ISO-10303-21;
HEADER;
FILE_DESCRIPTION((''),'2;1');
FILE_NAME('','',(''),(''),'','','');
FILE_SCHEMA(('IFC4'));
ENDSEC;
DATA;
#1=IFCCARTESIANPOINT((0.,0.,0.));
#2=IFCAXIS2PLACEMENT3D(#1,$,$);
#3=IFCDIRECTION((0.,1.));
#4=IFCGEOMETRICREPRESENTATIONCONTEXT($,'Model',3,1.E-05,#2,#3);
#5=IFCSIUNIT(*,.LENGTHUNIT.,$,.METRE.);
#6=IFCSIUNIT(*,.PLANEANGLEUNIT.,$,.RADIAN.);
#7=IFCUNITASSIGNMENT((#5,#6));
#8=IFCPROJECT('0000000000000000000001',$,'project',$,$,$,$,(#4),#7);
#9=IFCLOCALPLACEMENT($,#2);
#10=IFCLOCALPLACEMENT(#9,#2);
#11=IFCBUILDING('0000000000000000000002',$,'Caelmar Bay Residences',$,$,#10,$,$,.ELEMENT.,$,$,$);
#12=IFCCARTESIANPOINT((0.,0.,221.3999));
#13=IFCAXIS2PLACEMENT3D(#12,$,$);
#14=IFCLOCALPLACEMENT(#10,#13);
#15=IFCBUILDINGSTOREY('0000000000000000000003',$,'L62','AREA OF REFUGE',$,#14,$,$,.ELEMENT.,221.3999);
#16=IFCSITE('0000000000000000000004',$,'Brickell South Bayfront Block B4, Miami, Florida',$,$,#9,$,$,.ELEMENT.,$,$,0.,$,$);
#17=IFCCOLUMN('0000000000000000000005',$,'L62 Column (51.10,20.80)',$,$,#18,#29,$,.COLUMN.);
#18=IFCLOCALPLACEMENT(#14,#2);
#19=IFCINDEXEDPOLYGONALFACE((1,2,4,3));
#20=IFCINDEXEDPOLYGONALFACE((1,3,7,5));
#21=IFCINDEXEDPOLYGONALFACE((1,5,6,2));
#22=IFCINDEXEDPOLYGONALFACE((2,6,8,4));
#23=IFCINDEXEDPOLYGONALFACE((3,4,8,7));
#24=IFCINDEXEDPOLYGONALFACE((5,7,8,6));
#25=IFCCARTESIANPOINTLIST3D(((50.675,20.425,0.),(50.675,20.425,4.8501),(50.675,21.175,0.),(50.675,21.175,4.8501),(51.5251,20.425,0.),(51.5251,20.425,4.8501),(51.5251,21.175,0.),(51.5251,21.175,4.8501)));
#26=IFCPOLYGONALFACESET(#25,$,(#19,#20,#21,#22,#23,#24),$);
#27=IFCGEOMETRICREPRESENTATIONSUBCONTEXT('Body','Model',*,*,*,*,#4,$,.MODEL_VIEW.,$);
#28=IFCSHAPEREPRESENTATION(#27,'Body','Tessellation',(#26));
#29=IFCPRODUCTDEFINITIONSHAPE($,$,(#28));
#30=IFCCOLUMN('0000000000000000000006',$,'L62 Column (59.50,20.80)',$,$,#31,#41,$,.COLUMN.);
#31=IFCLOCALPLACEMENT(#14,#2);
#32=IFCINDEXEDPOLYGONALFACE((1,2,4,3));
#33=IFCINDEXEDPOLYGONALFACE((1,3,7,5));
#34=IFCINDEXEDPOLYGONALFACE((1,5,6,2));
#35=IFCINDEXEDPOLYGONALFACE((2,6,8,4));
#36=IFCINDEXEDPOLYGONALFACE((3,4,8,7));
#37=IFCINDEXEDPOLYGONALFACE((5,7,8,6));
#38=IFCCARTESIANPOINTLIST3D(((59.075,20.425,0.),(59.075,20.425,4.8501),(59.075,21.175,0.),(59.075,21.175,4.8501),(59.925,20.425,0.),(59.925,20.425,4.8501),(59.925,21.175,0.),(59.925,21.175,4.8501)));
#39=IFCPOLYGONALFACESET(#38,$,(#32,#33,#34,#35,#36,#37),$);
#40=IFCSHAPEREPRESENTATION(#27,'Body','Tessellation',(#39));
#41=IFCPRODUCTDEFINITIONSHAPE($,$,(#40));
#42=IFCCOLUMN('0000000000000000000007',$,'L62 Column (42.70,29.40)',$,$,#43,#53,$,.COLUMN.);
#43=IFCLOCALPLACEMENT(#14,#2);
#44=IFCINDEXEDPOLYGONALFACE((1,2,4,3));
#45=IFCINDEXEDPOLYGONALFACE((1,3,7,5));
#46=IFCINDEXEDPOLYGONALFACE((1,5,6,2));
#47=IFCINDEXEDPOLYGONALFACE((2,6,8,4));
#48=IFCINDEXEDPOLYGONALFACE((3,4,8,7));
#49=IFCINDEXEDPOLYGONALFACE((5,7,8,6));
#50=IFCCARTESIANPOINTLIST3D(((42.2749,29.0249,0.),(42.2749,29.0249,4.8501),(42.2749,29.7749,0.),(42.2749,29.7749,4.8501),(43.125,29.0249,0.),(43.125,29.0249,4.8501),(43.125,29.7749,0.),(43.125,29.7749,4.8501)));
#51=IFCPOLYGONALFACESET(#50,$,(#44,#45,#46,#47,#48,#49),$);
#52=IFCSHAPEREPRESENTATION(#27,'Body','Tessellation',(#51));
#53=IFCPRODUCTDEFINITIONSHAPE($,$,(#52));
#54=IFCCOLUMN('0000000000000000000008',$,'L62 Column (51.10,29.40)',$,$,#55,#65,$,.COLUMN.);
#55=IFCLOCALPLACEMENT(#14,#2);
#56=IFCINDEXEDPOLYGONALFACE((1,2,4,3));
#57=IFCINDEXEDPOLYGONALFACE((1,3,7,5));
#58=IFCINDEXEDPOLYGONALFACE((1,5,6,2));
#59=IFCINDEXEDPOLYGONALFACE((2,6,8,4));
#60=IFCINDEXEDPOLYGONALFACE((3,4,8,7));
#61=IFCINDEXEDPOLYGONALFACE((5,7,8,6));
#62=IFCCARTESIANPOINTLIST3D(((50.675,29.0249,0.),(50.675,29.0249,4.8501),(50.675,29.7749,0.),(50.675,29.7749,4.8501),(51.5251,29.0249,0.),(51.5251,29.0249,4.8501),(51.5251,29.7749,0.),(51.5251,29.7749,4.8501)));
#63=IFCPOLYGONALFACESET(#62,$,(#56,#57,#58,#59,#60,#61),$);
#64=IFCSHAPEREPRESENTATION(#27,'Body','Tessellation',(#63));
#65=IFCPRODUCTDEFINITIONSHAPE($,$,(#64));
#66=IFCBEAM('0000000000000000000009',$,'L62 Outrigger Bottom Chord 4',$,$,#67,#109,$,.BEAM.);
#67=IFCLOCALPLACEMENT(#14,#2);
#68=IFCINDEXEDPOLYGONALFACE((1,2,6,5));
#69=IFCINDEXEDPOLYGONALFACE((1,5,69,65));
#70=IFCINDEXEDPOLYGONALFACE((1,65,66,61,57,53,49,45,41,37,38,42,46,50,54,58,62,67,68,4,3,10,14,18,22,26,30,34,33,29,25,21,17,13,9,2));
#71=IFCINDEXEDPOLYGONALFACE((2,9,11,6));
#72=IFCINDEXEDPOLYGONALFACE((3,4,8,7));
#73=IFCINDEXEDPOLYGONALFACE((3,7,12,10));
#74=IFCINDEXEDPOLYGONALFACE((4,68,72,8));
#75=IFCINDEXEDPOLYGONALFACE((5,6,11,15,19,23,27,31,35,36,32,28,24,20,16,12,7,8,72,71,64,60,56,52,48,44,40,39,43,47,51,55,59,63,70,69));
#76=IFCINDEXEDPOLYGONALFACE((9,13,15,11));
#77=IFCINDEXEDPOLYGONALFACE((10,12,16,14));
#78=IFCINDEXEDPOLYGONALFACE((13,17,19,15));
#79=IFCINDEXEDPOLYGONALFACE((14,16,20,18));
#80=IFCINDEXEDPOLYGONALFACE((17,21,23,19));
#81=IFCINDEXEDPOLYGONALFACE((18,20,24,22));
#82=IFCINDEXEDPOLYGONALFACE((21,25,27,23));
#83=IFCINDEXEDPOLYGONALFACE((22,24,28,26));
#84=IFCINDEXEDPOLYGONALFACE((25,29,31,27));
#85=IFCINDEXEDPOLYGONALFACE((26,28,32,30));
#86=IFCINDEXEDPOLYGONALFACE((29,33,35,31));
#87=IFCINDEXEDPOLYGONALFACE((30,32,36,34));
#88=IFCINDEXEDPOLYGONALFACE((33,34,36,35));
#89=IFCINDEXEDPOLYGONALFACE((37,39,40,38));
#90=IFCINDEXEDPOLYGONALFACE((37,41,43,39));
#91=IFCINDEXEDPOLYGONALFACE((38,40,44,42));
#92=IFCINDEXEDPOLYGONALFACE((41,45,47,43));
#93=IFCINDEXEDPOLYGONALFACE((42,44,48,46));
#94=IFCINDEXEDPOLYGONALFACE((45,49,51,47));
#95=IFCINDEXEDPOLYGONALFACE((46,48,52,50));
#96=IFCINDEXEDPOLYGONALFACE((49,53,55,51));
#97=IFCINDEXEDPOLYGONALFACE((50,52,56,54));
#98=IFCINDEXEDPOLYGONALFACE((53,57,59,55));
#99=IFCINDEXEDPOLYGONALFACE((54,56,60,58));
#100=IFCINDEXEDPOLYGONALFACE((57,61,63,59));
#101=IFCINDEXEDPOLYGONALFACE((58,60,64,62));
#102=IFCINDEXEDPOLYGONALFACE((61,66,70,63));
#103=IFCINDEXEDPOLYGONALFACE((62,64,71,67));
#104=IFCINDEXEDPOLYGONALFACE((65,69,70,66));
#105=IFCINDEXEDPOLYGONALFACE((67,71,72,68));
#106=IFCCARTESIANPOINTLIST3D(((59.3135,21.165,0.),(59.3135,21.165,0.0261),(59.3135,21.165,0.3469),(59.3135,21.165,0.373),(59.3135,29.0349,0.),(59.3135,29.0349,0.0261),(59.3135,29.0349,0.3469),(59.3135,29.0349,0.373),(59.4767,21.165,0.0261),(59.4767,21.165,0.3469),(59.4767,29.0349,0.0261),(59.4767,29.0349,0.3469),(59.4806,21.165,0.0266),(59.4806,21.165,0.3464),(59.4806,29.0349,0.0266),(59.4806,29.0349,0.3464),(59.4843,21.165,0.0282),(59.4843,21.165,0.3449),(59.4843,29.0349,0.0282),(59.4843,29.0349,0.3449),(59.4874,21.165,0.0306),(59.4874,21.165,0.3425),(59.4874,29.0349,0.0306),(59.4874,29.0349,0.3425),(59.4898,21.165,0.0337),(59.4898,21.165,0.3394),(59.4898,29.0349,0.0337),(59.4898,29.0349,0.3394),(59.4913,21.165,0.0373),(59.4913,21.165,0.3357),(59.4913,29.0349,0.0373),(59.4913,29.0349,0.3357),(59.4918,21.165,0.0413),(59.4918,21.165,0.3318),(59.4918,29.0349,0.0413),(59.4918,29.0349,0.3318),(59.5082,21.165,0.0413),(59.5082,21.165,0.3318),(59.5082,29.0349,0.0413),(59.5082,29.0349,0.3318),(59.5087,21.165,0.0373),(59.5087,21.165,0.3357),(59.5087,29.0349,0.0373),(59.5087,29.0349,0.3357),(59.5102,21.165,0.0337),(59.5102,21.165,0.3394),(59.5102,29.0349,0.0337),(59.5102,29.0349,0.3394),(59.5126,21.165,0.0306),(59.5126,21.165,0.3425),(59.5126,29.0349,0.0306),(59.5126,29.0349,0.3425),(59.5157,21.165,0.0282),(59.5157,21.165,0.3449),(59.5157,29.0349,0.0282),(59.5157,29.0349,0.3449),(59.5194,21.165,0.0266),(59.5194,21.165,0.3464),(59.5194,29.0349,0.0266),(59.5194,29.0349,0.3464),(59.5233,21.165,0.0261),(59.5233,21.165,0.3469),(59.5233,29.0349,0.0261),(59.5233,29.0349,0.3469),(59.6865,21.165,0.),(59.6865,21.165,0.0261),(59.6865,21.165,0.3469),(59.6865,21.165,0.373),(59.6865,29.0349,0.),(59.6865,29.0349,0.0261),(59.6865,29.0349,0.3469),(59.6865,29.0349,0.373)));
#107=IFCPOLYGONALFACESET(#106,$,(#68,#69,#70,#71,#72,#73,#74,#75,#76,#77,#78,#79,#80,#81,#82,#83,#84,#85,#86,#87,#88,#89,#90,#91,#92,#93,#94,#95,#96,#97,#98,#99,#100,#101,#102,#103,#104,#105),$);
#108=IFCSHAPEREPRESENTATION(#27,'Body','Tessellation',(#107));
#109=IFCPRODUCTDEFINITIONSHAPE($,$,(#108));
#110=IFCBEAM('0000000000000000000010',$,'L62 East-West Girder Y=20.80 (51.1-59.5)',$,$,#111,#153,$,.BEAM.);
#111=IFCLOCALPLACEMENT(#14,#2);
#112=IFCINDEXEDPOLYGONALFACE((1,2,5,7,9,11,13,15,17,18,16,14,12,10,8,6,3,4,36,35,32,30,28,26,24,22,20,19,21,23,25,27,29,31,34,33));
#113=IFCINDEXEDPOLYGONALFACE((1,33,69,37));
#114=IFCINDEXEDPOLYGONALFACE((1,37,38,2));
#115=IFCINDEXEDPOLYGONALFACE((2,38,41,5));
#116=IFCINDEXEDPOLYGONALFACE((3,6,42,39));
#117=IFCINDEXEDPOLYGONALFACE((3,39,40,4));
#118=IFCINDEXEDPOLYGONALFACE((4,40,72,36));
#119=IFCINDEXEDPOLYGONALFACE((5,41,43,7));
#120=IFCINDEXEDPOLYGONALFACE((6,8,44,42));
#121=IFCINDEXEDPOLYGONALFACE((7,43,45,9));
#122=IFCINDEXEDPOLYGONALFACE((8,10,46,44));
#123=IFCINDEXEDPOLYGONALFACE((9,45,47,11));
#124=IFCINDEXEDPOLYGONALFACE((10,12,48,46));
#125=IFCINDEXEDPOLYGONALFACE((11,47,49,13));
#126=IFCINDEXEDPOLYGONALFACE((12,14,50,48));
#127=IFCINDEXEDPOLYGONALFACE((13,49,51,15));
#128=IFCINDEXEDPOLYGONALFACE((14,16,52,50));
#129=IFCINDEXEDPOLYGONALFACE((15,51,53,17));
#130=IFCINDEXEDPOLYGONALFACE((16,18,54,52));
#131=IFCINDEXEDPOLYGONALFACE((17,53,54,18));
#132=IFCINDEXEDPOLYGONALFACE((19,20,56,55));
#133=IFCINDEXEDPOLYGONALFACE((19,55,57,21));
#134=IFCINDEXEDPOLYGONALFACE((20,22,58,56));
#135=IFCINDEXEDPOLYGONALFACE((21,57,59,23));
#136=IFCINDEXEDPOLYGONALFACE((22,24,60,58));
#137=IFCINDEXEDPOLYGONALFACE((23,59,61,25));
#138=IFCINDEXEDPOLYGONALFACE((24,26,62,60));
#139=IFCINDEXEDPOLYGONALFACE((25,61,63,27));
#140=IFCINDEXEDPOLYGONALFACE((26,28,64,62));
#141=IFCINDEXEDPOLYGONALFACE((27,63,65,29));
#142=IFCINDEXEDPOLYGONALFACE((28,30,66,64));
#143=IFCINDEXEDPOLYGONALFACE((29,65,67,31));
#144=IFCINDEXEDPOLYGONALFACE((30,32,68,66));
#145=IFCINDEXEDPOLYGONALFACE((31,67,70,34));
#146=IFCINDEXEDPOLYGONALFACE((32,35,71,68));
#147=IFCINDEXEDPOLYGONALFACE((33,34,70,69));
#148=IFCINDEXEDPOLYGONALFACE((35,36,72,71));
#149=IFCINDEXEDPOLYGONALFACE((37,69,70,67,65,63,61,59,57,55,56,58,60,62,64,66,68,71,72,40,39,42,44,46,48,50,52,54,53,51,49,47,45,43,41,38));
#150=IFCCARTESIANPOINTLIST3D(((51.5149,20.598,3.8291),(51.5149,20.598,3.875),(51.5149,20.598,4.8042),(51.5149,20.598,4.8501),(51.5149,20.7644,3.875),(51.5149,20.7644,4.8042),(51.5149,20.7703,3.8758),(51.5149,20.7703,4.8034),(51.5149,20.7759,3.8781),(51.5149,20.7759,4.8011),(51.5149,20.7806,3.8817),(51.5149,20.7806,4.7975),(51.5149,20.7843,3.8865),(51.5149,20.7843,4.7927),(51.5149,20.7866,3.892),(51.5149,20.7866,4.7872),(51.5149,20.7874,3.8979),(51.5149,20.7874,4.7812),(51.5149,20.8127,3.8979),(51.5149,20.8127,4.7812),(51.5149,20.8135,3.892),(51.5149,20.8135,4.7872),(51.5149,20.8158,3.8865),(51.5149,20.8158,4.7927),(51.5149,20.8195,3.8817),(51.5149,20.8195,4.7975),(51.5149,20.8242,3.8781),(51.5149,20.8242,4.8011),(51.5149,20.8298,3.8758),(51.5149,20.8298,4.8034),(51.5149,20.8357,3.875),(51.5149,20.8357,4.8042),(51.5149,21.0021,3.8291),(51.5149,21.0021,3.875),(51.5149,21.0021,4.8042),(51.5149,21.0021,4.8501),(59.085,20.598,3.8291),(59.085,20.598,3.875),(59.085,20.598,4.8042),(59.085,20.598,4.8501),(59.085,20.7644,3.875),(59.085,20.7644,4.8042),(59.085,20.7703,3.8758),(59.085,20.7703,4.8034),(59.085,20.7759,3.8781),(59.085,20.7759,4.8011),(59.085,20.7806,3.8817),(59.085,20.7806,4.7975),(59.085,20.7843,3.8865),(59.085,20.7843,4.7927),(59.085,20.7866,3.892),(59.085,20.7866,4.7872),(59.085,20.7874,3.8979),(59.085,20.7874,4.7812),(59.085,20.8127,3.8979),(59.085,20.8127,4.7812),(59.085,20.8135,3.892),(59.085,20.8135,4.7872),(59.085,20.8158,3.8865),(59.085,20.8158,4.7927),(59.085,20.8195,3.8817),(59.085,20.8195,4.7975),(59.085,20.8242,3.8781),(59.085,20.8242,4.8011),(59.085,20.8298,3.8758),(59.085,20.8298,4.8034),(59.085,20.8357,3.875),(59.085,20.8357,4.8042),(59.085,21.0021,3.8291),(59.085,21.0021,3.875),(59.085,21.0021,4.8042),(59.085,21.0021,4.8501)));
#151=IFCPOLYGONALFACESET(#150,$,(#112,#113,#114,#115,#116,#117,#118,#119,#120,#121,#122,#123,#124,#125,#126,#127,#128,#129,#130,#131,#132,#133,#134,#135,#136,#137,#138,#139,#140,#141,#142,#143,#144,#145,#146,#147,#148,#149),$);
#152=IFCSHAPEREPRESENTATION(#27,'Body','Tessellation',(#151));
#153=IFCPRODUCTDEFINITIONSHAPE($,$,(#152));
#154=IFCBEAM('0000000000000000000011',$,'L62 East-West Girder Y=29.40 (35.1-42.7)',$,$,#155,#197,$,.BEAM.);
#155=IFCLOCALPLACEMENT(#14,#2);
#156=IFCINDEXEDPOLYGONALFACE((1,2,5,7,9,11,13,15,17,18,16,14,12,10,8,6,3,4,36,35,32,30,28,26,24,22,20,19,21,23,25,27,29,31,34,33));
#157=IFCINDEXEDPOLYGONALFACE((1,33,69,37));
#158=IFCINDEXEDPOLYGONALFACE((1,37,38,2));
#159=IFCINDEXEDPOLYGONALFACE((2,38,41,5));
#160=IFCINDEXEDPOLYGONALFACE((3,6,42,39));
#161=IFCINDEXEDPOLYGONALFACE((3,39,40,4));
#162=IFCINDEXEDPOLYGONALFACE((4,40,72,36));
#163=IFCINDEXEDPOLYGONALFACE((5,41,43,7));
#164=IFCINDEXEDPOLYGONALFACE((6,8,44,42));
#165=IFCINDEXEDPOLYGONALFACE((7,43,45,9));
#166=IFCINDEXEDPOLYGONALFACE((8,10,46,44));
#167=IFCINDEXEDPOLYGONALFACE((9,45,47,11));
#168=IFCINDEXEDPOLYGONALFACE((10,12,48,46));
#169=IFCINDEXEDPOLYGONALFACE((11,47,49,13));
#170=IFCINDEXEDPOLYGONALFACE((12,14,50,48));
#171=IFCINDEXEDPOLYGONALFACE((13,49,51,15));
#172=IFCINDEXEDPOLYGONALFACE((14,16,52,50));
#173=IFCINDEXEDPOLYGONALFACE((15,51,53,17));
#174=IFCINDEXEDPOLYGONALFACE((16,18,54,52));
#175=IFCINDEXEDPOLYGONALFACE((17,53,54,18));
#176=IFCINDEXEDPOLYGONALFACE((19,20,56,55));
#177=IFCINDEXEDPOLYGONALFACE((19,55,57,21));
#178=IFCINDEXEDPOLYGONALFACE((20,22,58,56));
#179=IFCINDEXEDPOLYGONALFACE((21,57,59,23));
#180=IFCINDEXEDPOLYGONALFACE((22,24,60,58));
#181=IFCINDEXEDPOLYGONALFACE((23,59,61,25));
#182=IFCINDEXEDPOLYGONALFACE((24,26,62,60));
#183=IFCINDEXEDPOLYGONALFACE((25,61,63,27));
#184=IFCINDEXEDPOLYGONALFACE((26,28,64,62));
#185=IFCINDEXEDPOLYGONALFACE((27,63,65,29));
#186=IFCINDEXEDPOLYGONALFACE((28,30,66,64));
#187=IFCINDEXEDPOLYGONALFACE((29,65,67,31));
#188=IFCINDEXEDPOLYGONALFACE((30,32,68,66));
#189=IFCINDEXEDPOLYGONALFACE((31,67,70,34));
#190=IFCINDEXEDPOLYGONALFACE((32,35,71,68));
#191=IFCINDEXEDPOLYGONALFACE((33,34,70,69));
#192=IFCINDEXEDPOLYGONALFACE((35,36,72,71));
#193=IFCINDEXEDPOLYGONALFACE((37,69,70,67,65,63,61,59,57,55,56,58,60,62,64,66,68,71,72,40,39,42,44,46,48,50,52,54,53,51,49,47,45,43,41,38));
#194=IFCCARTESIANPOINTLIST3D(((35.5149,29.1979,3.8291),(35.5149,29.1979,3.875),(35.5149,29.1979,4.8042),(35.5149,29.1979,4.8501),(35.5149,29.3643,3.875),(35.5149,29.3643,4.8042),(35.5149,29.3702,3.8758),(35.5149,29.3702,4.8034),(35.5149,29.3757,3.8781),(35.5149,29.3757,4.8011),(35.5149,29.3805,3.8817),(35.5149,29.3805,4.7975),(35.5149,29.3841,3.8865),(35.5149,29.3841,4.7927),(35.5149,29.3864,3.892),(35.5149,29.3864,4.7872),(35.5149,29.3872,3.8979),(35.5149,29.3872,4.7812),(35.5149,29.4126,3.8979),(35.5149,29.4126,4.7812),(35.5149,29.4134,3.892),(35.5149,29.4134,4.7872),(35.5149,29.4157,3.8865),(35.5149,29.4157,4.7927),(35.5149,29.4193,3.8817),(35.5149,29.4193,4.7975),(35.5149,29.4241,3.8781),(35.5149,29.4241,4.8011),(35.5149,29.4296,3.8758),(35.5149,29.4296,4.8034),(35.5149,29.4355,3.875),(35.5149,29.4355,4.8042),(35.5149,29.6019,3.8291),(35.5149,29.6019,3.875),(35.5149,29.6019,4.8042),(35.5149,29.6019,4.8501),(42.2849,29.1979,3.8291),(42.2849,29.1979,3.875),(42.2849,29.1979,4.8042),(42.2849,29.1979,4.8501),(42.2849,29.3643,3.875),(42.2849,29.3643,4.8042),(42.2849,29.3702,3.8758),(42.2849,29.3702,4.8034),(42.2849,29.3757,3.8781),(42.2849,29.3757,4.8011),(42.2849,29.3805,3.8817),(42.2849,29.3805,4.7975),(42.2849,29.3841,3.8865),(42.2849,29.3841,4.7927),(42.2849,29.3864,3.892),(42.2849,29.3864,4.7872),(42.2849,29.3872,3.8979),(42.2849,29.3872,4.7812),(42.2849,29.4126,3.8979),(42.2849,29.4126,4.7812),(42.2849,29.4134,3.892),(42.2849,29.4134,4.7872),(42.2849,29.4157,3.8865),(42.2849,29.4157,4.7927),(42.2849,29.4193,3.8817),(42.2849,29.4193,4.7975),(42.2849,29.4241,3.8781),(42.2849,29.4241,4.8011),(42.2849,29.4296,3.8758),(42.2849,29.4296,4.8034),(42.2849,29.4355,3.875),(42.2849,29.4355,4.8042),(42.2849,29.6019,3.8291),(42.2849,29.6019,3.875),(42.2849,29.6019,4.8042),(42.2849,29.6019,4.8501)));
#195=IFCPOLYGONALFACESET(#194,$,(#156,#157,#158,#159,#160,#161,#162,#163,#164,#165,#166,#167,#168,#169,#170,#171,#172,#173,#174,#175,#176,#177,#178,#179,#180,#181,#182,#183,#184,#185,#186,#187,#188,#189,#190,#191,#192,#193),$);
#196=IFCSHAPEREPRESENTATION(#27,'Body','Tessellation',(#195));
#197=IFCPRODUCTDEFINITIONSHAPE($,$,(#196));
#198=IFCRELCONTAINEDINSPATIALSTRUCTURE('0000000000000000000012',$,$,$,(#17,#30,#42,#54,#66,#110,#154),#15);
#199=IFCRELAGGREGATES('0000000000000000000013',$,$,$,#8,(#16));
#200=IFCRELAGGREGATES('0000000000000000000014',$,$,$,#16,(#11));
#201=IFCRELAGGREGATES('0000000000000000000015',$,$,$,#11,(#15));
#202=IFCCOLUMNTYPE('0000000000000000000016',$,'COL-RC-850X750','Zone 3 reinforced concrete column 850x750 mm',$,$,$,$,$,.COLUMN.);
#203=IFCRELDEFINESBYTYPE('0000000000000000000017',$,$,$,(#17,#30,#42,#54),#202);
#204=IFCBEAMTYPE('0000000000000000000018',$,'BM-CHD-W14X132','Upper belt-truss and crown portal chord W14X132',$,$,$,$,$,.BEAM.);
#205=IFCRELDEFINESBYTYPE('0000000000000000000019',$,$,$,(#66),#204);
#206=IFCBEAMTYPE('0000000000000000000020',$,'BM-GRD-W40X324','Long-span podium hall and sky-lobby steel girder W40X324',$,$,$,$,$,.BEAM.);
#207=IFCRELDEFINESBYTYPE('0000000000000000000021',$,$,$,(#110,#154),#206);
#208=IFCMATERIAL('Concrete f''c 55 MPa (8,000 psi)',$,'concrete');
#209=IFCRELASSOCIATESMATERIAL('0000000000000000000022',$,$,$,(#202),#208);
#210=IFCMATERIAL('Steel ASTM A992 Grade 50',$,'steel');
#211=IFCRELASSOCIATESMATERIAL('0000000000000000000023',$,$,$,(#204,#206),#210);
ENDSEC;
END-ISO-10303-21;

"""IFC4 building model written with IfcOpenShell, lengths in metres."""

from ifc_helpers import new_model, si_unit, direction, frame, origin, origin_2d, place, context, subcontext, project, spatial, rectangle, i_section, extrude, material, material_profile, profile_set, type_object, element, save


model = new_model("IFC4")

# Units and contexts
model_context = context("Model", 3, precision=1e-05, world=origin(), true_north=direction((0.0, 1.0)))
body_context = subcontext(model_context, "Body", "Model", "MODEL_VIEW")
ifc_project = project(units=[si_unit("LENGTHUNIT", "METRE"), si_unit("PLANEANGLEUNIT", "RADIAN")], contexts=[model_context])

# Site, building, storey
site_placement = place(None, origin())
site = spatial("IfcSite", under=ifc_project, at=site_placement, Name="Brickell South Bayfront Block B4, Miami, Florida", CompositionType="ELEMENT", RefElevation=0.0)
building_placement = place(site_placement, origin())
building = spatial("IfcBuilding", under=site, at=building_placement, Name="Caelmar Bay Residences", CompositionType="ELEMENT")
storey_placement = place(building_placement, frame((0.0, 0.0, 221.3999)))
storey = spatial("IfcBuildingStorey", under=building, at=storey_placement, Name="L62", Description="AREA OF REFUGE", CompositionType="ELEMENT", Elevation=221.3999)

# Columns
ifc_material_1 = material(Name="Concrete f'c 55 MPa (8,000 psi)", Category="concrete")
ifc_material_profile_1 = material_profile(ifc_material_1, rectangle(XDim=0.8501, YDim=0.75, at=origin_2d()), Name="RC-COL-850X750")
ifc_profile_set_1 = profile_set([ifc_material_profile_1], Name="Concrete f'c 55 MPa (8,000 psi)")
column_type = type_object("IfcColumnType", Name="COL-RC-850X750", Description="Zone 3 reinforced concrete column 850x750 mm", PredefinedType="COLUMN", material=ifc_profile_set_1)
for number, where, z_axis, x_axis, name in (
    (1, (51.1001, 20.8, 0.0), (0.0, 0.0, 1.0), (1.0, 0.0, 0.0), "L62 Column (51.10,20.80)"),
    (2, (59.5, 20.8, 0.0), (0.0, 0.0, 1.0), (1.0, 0.0, 0.0), "L62 Column (59.50,20.80)"),
    (3, (42.7, 29.3999, 0.0), (0.0, 0.0, 1.0), (1.0, 0.0, 0.0), "L62 Column (42.70,29.40)"),
    (4, (51.1001, 29.3999, 0.0), (0.0, 0.0, 1.0), (1.0, 0.0, 0.0), "L62 Column (51.10,29.40)"),
):
    element("IfcColumn", number, at=place(storey_placement, frame(where, z_axis=z_axis, x_axis=x_axis)), inside=storey, type_object=column_type, Name=name, PredefinedType="COLUMN", context=body_context, shape_type="SweptSolid", body=[
        extrude(rectangle(XDim=0.8501, YDim=0.75, at=origin_2d()), origin(), (0.0, 0.0, 1.0), 4.8501),
    ])

# Beams
ifc_material_2 = material(Name="Steel ASTM A992 Grade 50", Category="steel")
ifc_material_profile_2 = material_profile(ifc_material_2, i_section(OverallWidth=0.373, OverallDepth=0.373, WebThickness=0.0164, FlangeThickness=0.0261, FilletRadius=0.0151, at=origin_2d()), Name="W14X132")
ifc_profile_set_2 = profile_set([ifc_material_profile_2], Name="Steel ASTM A992 Grade 50")
beam_type_1 = type_object("IfcBeamType", Name="BM-CHD-W14X132", Description="Upper belt-truss and crown portal chord W14X132", PredefinedType="BEAM", material=ifc_profile_set_2)
beam_1_placement = place(storey_placement, frame((59.5, 21.165, 0.1865), z_axis=(0.0, 1.0, 0.0), x_axis=(-1.0, 0.0, 0.0)))
element("IfcBeam", 5, at=beam_1_placement, inside=storey, type_object=beam_type_1, Name="L62 Outrigger Bottom Chord 4", PredefinedType="BEAM", context=body_context, shape_type="SweptSolid", body=[
    extrude(i_section(OverallWidth=0.373, OverallDepth=0.373, WebThickness=0.0164, FlangeThickness=0.0261, FilletRadius=0.0151, at=origin_2d()), origin(), (0.0, 0.0, 1.0), 7.8699),
])
ifc_material_profile_3 = material_profile(ifc_material_2, i_section(OverallWidth=0.4041, OverallDepth=1.021, WebThickness=0.0254, FlangeThickness=0.0459, FilletRadius=0.0229, at=origin_2d()), Name="W40X324")
ifc_profile_set_3 = profile_set([ifc_material_profile_3], Name="Steel ASTM A992 Grade 50")
beam_type_2 = type_object("IfcBeamType", Name="BM-GRD-W40X324", Description="Long-span podium hall and sky-lobby steel girder W40X324", PredefinedType="BEAM", material=ifc_profile_set_3)
beam_2_placement = place(storey_placement, frame((51.5149, 20.8, 4.3396), z_axis=(1.0, 0.0, 0.0), x_axis=(0.0, 1.0, 0.0)))
element("IfcBeam", 6, at=beam_2_placement, inside=storey, type_object=beam_type_2, Name="L62 East-West Girder Y=20.80 (51.1-59.5)", PredefinedType="BEAM", context=body_context, shape_type="SweptSolid", body=[
    extrude(i_section(OverallWidth=0.4041, OverallDepth=1.021, WebThickness=0.0254, FlangeThickness=0.0459, FilletRadius=0.0229, at=origin_2d()), origin(), (0.0, 0.0, 1.0), 7.5701),
])
beam_3_placement = place(storey_placement, frame((35.5149, 29.3999, 4.3396), z_axis=(1.0, 0.0, 0.0), x_axis=(0.0, 1.0, 0.0)))
element("IfcBeam", 7, at=beam_3_placement, inside=storey, type_object=beam_type_2, Name="L62 East-West Girder Y=29.40 (35.1-42.7)", PredefinedType="BEAM", context=body_context, shape_type="SweptSolid", body=[
    extrude(i_section(OverallWidth=0.4041, OverallDepth=1.021, WebThickness=0.0254, FlangeThickness=0.0459, FilletRadius=0.0229, at=origin_2d()), origin(), (0.0, 0.0, 1.0), 6.77),
])

save(model, "model.ifc")
